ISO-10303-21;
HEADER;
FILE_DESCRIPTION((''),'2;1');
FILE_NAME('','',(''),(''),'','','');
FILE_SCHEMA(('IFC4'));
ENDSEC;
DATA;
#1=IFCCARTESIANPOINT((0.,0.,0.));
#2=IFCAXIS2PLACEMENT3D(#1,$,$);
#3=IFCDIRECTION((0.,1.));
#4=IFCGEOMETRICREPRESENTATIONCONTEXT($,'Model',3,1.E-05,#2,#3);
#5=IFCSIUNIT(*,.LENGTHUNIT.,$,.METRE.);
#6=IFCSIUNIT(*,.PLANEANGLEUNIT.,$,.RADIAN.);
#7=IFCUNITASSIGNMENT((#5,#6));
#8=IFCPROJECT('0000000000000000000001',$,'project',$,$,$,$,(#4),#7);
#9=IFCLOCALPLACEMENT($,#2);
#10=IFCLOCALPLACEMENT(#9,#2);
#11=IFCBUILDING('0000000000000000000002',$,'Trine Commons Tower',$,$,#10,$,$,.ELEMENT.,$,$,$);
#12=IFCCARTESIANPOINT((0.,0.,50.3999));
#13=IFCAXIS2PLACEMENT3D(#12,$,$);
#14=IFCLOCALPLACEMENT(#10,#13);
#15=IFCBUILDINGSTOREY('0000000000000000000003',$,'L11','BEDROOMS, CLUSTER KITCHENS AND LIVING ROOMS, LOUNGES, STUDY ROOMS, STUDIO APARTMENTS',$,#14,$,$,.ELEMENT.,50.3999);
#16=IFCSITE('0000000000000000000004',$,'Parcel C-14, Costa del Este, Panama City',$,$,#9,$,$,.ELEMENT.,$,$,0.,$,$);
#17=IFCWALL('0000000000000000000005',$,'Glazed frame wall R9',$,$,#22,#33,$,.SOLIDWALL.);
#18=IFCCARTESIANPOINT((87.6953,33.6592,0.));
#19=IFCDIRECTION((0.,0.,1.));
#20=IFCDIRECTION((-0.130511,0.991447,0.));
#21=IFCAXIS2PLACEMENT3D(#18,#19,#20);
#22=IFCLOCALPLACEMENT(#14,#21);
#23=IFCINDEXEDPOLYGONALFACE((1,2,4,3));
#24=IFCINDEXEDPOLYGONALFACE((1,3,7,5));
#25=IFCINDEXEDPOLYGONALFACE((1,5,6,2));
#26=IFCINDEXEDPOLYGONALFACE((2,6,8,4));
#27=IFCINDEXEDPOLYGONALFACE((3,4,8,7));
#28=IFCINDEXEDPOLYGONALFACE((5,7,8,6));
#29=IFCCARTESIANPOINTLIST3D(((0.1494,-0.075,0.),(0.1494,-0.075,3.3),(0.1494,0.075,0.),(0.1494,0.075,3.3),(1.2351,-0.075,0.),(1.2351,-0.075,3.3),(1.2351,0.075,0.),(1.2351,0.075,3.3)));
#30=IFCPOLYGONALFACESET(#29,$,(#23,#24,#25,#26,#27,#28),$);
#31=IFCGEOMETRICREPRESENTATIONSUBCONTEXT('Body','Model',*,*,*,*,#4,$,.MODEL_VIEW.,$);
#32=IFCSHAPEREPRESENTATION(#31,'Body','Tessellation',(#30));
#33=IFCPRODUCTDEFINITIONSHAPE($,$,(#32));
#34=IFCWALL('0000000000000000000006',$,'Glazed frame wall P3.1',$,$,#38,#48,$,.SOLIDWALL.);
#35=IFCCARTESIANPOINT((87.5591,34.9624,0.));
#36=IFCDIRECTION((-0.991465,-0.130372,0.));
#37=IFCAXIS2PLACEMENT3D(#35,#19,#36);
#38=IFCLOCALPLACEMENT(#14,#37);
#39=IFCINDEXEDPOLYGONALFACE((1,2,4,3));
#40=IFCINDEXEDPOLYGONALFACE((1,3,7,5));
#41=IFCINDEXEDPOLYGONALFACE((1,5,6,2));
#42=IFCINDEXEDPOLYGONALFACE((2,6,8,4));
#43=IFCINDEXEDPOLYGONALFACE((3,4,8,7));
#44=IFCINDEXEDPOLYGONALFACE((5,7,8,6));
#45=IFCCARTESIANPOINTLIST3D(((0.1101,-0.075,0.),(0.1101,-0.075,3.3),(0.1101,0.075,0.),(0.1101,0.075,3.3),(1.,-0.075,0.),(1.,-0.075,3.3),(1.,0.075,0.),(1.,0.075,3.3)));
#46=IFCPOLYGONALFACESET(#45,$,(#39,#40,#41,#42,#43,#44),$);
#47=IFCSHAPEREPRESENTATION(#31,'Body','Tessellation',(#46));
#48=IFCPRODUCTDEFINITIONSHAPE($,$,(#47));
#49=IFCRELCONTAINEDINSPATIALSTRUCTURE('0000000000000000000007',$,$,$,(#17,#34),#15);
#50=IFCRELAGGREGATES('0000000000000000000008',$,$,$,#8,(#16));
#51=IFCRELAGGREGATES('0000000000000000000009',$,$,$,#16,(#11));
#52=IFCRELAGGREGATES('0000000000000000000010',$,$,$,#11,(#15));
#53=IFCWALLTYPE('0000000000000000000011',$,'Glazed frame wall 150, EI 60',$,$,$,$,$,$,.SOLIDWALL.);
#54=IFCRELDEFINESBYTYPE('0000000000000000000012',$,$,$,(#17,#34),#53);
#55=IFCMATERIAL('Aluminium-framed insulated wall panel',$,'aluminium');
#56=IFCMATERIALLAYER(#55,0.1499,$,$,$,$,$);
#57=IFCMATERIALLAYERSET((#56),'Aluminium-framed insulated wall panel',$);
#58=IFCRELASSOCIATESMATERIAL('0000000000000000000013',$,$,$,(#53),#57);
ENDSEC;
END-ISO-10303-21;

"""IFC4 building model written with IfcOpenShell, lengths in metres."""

from ifc_helpers import new_model, si_unit, direction, frame, origin, place, context, subcontext, project, spatial, polyline, outline, extrude, material, layer, layer_set, type_object, element, save


model = new_model("IFC4")

# Units and contexts
model_context = context("Model", 3, precision=1e-05, world=origin(), true_north=direction((0.0, 1.0)))
body_context = subcontext(model_context, "Body", "Model", "MODEL_VIEW")
ifc_project = project(units=[si_unit("LENGTHUNIT", "METRE"), si_unit("PLANEANGLEUNIT", "RADIAN")], contexts=[model_context])

# Site, building, storey
site_placement = place(None, origin())
site = spatial("IfcSite", under=ifc_project, at=site_placement, Name="Parcel C-14, Costa del Este, Panama City", CompositionType="ELEMENT", RefElevation=0.0)
building_placement = place(site_placement, origin())
building = spatial("IfcBuilding", under=site, at=building_placement, Name="Trine Commons Tower", CompositionType="ELEMENT")
storey_placement = place(building_placement, frame((0.0, 0.0, 50.3999)))
storey = spatial("IfcBuildingStorey", under=building, at=storey_placement, Name="L11", Description="BEDROOMS, CLUSTER KITCHENS AND LIVING ROOMS, LOUNGES, STUDY ROOMS, STUDIO APARTMENTS", CompositionType="ELEMENT", Elevation=50.3999)

# Walls
ifc_material_1 = material(Name="Aluminium-framed insulated wall panel", Category="aluminium")
ifc_layer_1 = layer(ifc_material_1, 0.1499)
ifc_layer_set_1 = layer_set([ifc_layer_1], Name="Aluminium-framed insulated wall panel")
wall_type_1 = type_object("IfcWallType", Name="Glazed frame wall 150, EI 60", PredefinedType="SOLIDWALL", material=ifc_layer_set_1)
wall_1_placement = place(storey_placement, frame((87.6953, 33.6592, 0.0), z_axis=(0.0, 0.0, 1.0), x_axis=(-0.130511, 0.991447, 0.0)))
element("IfcWall", 1, at=wall_1_placement, inside=storey, type_object=wall_type_1, Name="Glazed frame wall R9", PredefinedType="SOLIDWALL", context=body_context, shape_type="SweptSolid", body=[
    extrude(outline(polyline([(0.1494, 0.075), (0.1494, -0.075), (1.2351, -0.075), (1.2351, 0.075), (0.1494, 0.075)])), origin(), (0.0, 0.0, 1.0), 3.3),
])
wall_2_placement = place(storey_placement, frame((87.5591, 34.9624, 0.0), z_axis=(0.0, 0.0, 1.0), x_axis=(-0.991465, -0.130372, 0.0)))
element("IfcWall", 2, at=wall_2_placement, inside=storey, type_object=wall_type_1, Name="Glazed frame wall P3.1", PredefinedType="SOLIDWALL", context=body_context, shape_type="SweptSolid", body=[
    extrude(outline(polyline([(0.1101, -0.075), (1.0, -0.075), (1.0, 0.075), (0.1101, 0.075), (0.1101, -0.075)])), origin(), (0.0, 0.0, 1.0), 3.3),
])

save(model, "model.ifc")
